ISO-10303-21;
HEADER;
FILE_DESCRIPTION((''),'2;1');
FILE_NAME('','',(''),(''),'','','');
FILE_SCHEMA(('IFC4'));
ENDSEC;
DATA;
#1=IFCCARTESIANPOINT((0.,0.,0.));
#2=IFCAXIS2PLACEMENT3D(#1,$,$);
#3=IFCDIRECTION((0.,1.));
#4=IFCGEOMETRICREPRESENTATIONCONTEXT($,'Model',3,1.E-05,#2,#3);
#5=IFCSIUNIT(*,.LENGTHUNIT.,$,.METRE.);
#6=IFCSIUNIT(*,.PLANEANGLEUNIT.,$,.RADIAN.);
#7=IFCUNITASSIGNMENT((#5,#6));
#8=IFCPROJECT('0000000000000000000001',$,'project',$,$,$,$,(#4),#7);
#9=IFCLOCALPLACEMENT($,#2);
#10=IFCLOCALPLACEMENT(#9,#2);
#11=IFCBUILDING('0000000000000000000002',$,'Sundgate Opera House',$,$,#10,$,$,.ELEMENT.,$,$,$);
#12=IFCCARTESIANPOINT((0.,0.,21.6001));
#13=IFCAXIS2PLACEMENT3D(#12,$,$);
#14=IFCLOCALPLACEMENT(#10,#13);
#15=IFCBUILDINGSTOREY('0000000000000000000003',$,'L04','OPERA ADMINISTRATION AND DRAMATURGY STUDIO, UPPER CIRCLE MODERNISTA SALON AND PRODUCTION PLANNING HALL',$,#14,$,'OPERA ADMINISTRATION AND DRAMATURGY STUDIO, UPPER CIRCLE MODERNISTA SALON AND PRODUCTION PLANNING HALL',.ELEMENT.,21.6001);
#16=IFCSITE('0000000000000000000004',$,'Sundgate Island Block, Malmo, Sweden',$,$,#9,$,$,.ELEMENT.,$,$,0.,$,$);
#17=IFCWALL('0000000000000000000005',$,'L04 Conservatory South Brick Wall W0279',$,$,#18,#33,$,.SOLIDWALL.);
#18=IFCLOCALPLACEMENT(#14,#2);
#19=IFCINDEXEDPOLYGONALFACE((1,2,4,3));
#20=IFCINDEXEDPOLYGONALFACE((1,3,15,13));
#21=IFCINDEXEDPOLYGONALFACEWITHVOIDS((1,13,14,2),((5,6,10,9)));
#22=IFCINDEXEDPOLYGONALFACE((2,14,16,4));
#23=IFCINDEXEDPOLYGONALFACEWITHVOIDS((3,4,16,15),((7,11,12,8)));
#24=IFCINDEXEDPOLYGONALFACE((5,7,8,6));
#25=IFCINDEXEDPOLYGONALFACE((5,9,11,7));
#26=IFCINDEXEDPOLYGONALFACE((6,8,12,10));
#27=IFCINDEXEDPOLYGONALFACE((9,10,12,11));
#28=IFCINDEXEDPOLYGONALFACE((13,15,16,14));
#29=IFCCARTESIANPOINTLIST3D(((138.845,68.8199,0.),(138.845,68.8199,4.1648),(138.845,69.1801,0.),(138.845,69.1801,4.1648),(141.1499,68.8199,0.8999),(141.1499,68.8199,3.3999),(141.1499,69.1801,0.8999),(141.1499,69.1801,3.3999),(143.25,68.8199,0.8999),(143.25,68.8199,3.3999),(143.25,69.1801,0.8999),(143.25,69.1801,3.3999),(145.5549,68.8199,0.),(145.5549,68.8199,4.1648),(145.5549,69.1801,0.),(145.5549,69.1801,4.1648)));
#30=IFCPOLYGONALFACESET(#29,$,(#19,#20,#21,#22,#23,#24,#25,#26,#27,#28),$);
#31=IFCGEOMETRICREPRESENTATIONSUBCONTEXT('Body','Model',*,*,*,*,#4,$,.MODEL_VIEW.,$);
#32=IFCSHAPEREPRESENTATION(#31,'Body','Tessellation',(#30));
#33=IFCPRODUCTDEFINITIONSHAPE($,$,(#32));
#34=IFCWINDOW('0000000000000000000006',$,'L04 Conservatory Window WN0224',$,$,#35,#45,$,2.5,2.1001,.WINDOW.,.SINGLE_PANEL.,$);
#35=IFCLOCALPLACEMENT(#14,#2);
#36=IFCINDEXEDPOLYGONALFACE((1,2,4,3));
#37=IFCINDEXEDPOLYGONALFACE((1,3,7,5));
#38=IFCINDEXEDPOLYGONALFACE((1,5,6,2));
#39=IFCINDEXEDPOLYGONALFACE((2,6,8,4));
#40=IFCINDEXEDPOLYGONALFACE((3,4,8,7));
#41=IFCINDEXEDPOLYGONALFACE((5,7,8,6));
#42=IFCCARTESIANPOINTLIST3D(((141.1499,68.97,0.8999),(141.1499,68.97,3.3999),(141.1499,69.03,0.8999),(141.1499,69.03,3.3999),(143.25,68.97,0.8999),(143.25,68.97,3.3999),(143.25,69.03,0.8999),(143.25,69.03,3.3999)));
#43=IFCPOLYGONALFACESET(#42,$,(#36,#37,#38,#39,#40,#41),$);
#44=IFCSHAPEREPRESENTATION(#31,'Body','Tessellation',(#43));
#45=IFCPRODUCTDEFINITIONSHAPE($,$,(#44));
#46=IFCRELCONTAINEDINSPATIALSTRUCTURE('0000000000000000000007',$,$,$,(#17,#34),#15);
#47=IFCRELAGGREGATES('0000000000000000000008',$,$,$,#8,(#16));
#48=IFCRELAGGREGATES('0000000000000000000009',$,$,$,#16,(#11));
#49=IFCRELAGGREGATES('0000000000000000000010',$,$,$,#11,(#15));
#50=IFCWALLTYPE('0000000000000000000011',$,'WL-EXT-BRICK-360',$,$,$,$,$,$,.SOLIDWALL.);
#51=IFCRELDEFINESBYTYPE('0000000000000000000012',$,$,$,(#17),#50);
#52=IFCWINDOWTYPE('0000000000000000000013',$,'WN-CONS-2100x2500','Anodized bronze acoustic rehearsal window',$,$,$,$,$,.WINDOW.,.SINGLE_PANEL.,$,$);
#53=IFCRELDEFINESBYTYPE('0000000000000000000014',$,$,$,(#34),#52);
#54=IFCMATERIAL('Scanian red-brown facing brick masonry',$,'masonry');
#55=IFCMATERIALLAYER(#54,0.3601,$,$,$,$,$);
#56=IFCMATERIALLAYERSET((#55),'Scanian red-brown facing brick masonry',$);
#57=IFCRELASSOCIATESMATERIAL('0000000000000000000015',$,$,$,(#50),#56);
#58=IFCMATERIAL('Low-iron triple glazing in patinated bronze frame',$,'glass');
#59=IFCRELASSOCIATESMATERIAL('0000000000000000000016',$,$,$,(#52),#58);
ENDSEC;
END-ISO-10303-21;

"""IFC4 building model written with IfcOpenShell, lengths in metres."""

from ifc_helpers import new_model, si_unit, direction, frame, frame_2d, origin, place, context, subcontext, project, spatial, rectangle, extrude, material, layer, layer_set, type_object, element, fill, save


model = new_model("IFC4")

# Units and contexts
model_context = context("Model", 3, precision=1e-05, world=origin(), true_north=direction((0.0, 1.0)))
body_context = subcontext(model_context, "Body", "Model", "MODEL_VIEW")
ifc_project = project(units=[si_unit("LENGTHUNIT", "METRE"), si_unit("PLANEANGLEUNIT", "RADIAN")], contexts=[model_context])

# Site, building, storey
site_placement = place(None, origin())
site = spatial("IfcSite", under=ifc_project, at=site_placement, Name="Sundgate Island Block, Malmo, Sweden", CompositionType="ELEMENT", RefElevation=0.0)
building_placement = place(site_placement, origin())
building = spatial("IfcBuilding", under=site, at=building_placement, Name="Sundgate Opera House", CompositionType="ELEMENT")
storey_placement = place(building_placement, frame((0.0, 0.0, 21.6001)))
storey = spatial("IfcBuildingStorey", under=building, at=storey_placement, Name="L04", Description="OPERA ADMINISTRATION AND DRAMATURGY STUDIO, UPPER CIRCLE MODERNISTA SALON AND PRODUCTION PLANNING HALL", LongName="OPERA ADMINISTRATION AND DRAMATURGY STUDIO, UPPER CIRCLE MODERNISTA SALON AND PRODUCTION PLANNING HALL", CompositionType="ELEMENT", Elevation=21.6001)

# Wall, opening, window
ifc_material_1 = material(Name="Scanian red-brown facing brick masonry", Category="masonry")
ifc_layer = layer(ifc_material_1, 0.3601)
ifc_layer_set = layer_set([ifc_layer], Name="Scanian red-brown facing brick masonry")
wall_type = type_object("IfcWallType", Name="WL-EXT-BRICK-360", PredefinedType="SOLIDWALL", material=ifc_layer_set)
ifc_material_2 = material(Name="Low-iron triple glazing in patinated bronze frame", Category="glass")
window_type_1 = type_object("IfcWindowType", Name="WN-CONS-2100x2500", Description="Anodized bronze acoustic rehearsal window", PartitioningType="SINGLE_PANEL", PredefinedType="WINDOW", material=ifc_material_2)
wall_1_placement = place(storey_placement, frame((145.5549, 69.0, 0.0), z_axis=(0.0, 0.0, 1.0), x_axis=(-1.0, 0.0, 0.0)))
wall_1 = element("IfcWall", 1, at=wall_1_placement, inside=storey, type_object=wall_type, Name="L04 Conservatory South Brick Wall W0279", PredefinedType="SOLIDWALL", context=body_context, shape_type="SweptSolid", body=[
    extrude(rectangle(XDim=6.71, YDim=0.3601, at=frame_2d((3.355, 0.0))), origin(), (0.0, 0.0, 1.0), 4.1648),
])
opening_1_placement = place(wall_1_placement, frame((2.3049, 0.0, 0.8999)))
opening_1 = element("IfcOpeningElement", 2, at=opening_1_placement, cuts=wall_1, PredefinedType="OPENING", context=body_context, shape_type="SweptSolid", body=[
    extrude(rectangle(XDim=2.1001, YDim=2.5, at=frame_2d((1.05, 1.25))), frame((0.0, 0.1899, 0.0), z_axis=(0.0, -1.0, 0.0), x_axis=(1.0, 0.0, 0.0)), (0.0, 0.0, 1.0), 0.3801),
])
window_1_placement = place(opening_1_placement, origin())
window_1 = element("IfcWindow", 3, at=window_1_placement, inside=storey, type_object=window_type_1, Name="L04 Conservatory Window WN0224", OverallHeight=2.5, OverallWidth=2.1001, PartitioningType="SINGLE_PANEL", PredefinedType="WINDOW", context=body_context, shape_type="SweptSolid", body=[
    extrude(rectangle(XDim=2.1001, YDim=2.5, at=frame_2d((1.05, 1.25))), frame((0.0, 0.03, 0.0), z_axis=(0.0, -1.0, 0.0), x_axis=(1.0, 0.0, 0.0)), (0.0, 0.0, 1.0), 0.0601),
])
fill(opening_1, window_1)

save(model, "model.ifc")
